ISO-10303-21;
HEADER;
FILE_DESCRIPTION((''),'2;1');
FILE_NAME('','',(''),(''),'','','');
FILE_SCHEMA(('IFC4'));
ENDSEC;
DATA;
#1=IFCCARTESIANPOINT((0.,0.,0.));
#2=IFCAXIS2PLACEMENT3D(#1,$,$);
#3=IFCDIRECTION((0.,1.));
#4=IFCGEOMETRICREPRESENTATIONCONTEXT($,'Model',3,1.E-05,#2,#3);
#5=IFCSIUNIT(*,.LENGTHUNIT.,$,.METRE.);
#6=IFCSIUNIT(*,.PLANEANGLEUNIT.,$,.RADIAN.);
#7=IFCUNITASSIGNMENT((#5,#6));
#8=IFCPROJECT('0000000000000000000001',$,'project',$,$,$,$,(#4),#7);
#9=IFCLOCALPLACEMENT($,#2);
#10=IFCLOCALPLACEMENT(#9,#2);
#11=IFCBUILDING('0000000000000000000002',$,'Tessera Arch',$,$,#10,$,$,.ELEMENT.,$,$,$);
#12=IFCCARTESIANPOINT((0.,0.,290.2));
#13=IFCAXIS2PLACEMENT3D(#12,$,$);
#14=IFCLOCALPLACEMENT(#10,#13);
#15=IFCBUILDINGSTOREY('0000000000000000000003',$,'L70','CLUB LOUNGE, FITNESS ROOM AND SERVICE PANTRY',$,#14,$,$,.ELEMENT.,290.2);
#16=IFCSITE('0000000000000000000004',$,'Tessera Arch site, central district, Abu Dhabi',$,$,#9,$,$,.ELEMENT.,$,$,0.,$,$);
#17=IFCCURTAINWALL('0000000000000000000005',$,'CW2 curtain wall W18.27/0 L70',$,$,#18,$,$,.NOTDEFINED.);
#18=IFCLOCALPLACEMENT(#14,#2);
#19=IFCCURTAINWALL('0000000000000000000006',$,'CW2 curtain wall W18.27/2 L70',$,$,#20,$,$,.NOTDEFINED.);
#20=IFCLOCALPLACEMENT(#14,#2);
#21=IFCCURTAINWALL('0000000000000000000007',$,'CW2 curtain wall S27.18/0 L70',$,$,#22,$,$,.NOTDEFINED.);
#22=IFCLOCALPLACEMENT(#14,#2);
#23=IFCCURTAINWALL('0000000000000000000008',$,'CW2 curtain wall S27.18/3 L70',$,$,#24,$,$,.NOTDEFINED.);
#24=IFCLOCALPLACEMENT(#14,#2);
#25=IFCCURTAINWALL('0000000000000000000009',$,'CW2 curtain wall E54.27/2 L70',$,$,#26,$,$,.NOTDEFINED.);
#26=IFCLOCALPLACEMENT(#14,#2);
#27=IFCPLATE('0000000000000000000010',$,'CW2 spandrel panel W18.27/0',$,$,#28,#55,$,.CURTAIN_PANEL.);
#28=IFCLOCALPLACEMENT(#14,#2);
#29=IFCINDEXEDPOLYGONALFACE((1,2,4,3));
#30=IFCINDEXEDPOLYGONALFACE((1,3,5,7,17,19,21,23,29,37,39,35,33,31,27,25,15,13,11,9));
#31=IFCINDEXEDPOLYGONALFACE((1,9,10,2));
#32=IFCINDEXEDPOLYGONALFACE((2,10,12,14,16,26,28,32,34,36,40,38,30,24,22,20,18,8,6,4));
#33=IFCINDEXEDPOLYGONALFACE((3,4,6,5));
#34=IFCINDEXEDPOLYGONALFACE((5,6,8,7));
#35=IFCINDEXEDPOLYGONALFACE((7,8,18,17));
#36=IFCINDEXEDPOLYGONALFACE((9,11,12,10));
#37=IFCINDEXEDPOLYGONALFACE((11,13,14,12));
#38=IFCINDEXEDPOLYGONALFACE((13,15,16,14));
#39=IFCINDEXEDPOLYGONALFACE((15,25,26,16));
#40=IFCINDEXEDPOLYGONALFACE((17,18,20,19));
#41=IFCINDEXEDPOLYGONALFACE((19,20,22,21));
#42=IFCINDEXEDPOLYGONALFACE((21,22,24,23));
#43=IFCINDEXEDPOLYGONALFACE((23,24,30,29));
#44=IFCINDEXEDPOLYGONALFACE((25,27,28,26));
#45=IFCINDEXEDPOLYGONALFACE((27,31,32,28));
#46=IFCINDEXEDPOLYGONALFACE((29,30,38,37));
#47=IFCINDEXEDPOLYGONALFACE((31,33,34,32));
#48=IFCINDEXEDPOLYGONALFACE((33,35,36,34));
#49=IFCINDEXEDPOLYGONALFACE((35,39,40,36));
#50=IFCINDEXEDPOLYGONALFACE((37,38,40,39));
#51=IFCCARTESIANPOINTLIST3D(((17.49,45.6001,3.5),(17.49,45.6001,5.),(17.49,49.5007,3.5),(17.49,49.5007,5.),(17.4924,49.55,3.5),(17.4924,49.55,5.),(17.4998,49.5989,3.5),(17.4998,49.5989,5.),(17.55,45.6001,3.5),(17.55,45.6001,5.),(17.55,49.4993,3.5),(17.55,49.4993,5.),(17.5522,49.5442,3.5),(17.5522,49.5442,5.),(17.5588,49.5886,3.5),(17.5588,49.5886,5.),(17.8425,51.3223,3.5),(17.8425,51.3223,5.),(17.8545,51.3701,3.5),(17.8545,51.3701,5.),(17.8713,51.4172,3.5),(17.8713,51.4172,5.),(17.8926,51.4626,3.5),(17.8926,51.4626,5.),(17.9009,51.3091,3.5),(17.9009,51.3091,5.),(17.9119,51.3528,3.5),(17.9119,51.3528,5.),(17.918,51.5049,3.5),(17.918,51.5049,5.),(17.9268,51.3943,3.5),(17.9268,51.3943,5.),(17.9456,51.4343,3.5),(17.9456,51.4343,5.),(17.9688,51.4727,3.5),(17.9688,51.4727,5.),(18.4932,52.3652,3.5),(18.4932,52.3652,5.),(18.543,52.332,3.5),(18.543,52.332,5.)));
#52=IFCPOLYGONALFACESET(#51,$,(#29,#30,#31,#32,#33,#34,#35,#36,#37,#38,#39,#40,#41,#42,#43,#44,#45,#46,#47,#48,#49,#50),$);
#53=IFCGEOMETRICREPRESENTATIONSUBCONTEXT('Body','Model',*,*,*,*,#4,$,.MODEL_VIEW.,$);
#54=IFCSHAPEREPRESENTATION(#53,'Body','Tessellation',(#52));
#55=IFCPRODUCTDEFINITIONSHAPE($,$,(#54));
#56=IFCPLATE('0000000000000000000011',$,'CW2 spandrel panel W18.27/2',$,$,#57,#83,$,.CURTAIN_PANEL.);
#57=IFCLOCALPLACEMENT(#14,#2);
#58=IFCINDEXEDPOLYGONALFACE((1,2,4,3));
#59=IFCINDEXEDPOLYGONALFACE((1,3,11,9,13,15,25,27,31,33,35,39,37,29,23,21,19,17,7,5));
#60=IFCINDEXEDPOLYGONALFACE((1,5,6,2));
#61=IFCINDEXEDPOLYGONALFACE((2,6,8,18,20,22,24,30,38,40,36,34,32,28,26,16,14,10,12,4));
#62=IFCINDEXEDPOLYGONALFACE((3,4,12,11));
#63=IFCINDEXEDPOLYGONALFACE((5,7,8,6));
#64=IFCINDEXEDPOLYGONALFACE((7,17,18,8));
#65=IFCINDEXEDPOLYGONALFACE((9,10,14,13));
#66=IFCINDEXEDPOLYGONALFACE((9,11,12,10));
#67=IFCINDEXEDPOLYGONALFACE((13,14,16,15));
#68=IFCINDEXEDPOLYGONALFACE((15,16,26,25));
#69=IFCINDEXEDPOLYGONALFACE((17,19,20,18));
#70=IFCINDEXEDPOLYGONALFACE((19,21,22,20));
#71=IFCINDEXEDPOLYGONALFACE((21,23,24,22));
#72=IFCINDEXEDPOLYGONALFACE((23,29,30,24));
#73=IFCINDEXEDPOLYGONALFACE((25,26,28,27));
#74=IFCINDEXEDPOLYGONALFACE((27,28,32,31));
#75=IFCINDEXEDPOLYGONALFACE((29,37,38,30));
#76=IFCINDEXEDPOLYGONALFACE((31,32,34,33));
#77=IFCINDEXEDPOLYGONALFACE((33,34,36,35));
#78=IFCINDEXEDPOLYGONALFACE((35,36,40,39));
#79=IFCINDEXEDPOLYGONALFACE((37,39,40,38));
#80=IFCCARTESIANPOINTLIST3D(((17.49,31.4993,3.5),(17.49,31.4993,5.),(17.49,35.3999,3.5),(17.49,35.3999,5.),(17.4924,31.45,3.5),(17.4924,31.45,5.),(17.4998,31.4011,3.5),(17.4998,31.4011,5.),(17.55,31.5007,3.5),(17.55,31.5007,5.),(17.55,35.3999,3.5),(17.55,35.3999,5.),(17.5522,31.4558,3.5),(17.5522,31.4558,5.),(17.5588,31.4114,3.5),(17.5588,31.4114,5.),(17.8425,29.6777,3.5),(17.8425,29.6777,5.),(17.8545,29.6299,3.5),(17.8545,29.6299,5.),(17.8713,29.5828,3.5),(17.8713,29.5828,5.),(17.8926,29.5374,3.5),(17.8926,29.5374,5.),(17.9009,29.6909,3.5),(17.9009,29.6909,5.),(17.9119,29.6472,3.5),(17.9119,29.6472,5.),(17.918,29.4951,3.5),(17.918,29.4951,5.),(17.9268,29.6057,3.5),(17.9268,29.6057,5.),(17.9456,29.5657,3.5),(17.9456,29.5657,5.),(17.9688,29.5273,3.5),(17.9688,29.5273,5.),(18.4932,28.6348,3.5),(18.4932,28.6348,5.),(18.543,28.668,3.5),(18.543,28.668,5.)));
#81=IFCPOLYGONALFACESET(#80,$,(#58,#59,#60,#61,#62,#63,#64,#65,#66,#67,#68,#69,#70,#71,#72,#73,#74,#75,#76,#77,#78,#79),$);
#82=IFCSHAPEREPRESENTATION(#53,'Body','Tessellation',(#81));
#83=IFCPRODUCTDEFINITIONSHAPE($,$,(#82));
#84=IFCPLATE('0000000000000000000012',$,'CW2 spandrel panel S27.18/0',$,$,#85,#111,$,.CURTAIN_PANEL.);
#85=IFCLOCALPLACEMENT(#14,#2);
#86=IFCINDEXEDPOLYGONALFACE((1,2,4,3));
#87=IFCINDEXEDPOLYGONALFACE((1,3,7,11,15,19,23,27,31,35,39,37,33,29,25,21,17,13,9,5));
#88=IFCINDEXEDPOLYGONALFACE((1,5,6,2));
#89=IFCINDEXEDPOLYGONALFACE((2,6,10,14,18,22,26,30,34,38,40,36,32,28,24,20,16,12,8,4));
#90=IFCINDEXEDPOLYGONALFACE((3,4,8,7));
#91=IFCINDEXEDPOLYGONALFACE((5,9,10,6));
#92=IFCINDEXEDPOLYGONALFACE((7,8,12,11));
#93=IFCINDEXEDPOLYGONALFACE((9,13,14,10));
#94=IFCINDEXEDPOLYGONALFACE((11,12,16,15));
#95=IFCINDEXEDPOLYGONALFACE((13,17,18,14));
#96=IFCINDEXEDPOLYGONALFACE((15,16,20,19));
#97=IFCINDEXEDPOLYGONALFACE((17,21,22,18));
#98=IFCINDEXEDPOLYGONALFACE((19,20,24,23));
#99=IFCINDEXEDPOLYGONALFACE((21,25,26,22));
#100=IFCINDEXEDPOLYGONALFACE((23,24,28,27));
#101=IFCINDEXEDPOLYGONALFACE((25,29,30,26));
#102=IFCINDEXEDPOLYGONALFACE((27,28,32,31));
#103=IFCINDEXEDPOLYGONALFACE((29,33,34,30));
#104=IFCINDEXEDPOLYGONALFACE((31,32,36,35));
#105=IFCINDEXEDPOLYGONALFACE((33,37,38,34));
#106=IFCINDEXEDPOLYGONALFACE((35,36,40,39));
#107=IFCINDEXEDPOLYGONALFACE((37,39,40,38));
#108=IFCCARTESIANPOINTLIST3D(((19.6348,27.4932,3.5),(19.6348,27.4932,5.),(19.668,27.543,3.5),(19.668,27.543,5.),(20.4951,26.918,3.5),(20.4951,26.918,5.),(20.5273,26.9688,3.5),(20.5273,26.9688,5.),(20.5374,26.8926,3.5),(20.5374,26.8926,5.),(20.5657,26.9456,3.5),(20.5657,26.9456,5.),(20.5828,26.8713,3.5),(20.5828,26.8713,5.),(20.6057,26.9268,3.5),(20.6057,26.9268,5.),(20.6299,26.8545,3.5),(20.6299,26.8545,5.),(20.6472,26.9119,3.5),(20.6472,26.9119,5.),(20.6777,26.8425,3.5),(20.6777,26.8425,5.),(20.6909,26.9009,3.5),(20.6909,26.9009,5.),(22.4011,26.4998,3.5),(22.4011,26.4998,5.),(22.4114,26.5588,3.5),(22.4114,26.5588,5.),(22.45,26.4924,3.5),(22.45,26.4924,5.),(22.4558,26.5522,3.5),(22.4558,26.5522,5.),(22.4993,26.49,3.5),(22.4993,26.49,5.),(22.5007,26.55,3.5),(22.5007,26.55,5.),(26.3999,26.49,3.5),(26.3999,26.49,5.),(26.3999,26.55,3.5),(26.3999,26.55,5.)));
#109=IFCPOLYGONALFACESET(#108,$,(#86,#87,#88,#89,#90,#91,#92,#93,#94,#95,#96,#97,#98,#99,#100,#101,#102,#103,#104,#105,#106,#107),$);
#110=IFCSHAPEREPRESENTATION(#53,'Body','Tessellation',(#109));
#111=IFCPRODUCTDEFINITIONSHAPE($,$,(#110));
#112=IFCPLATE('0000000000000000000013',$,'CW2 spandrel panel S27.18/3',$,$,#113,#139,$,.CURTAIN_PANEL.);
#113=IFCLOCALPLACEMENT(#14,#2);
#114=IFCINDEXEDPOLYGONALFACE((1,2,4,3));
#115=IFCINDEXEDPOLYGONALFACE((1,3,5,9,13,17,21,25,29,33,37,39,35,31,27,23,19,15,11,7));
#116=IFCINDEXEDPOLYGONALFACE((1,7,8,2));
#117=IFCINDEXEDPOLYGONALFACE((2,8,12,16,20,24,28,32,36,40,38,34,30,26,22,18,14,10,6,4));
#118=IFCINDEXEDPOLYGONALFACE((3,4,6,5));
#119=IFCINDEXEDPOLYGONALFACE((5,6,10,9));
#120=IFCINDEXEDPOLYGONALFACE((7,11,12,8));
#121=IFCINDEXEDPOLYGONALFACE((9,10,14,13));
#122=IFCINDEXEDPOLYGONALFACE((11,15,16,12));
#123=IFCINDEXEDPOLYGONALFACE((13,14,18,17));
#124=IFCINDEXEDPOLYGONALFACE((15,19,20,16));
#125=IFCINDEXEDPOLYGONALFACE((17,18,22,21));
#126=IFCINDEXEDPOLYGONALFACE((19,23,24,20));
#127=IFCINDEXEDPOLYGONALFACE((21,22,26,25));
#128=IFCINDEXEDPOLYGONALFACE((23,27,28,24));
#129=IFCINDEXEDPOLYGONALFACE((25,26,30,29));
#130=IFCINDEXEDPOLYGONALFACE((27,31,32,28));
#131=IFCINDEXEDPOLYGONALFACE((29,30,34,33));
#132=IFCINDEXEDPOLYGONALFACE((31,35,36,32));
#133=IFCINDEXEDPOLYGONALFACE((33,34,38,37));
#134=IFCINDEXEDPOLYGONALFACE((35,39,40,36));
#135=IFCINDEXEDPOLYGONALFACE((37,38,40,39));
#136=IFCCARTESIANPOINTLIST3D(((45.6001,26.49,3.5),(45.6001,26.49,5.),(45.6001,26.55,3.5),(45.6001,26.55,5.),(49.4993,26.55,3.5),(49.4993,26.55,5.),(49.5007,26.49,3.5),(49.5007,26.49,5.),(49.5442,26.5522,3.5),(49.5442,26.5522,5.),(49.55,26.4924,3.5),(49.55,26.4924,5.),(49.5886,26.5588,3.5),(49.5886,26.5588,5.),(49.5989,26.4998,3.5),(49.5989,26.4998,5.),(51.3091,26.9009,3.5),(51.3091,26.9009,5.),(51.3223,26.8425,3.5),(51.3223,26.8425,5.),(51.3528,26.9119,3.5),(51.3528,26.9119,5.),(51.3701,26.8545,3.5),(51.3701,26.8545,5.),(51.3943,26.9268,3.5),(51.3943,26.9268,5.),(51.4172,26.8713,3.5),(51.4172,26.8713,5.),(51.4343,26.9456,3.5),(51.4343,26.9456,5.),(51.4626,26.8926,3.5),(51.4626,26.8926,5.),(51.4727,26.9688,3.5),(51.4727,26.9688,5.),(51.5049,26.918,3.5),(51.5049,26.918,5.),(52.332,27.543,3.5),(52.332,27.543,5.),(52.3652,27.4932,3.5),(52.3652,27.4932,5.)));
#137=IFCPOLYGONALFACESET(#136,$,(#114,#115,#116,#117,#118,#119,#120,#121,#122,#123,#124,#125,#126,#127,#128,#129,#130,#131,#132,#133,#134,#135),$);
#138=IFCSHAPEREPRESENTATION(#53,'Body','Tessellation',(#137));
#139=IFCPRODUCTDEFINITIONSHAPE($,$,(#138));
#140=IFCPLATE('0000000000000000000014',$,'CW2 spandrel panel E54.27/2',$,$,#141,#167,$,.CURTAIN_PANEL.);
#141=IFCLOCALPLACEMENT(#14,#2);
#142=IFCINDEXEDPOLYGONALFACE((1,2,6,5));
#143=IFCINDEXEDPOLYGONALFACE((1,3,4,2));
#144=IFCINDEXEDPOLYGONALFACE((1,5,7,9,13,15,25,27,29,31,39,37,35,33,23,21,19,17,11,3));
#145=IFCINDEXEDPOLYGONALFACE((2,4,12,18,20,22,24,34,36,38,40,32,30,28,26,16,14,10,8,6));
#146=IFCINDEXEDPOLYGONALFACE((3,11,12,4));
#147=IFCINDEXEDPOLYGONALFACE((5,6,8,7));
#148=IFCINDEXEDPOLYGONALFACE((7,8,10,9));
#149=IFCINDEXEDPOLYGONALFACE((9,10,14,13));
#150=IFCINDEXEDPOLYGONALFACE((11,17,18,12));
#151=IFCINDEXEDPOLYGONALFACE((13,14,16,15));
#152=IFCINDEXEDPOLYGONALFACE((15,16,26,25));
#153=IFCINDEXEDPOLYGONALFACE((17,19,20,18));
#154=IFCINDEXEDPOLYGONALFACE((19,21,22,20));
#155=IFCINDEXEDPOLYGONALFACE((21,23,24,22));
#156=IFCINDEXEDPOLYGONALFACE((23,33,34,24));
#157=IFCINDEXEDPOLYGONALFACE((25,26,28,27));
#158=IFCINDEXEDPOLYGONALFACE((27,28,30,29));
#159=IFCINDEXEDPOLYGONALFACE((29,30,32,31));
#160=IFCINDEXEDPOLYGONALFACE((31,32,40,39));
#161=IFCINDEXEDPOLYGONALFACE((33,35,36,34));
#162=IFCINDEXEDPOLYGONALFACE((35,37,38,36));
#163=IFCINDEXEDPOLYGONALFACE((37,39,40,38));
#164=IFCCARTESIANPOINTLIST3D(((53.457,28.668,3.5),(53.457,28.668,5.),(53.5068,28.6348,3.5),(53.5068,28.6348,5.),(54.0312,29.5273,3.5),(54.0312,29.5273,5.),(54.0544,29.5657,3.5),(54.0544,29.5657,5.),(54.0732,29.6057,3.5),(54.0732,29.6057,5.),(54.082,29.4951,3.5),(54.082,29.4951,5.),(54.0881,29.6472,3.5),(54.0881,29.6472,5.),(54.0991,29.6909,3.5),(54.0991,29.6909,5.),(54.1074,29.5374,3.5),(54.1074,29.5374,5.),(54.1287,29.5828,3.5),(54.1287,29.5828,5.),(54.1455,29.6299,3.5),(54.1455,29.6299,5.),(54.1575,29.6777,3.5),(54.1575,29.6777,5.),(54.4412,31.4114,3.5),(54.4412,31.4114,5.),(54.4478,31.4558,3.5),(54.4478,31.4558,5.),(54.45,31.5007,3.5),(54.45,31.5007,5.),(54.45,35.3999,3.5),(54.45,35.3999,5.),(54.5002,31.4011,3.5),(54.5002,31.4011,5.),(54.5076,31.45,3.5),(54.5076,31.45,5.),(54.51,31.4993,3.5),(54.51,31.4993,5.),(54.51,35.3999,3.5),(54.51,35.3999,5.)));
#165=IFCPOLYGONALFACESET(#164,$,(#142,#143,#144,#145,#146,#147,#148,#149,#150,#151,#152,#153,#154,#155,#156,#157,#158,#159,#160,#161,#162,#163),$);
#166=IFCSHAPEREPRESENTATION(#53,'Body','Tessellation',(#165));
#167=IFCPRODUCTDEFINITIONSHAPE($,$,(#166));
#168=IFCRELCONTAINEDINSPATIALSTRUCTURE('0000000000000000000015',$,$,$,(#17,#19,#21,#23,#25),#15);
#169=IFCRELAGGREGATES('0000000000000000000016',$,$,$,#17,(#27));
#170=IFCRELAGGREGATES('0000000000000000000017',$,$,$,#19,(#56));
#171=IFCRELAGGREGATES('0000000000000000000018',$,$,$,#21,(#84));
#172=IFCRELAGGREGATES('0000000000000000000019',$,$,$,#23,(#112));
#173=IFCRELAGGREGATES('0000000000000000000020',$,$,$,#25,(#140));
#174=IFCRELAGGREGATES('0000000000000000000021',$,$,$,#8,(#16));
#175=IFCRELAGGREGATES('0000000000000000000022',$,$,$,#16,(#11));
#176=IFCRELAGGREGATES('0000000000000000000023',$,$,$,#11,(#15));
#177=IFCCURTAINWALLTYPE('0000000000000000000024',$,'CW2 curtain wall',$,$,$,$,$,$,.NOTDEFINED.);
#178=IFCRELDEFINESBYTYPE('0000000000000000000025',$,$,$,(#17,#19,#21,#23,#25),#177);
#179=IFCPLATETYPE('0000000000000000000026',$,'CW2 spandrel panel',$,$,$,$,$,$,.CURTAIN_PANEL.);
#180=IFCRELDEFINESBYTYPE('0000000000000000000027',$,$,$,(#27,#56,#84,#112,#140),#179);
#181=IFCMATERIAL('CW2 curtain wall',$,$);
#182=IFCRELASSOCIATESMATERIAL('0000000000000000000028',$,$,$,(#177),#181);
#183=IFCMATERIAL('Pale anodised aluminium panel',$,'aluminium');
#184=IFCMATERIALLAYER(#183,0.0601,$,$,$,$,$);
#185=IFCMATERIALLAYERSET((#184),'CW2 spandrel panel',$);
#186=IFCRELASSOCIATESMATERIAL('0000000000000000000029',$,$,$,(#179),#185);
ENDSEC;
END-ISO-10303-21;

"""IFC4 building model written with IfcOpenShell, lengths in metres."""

from ifc_helpers import new_model, si_unit, direction, frame, origin, place, context, subcontext, project, spatial, polyline, outline, extrude, material, layer, layer_set, type_object, element, aggregate, save


model = new_model("IFC4")

# Units and contexts
model_context = context("Model", 3, precision=1e-05, world=origin(), true_north=direction((0.0, 1.0)))
body_context = subcontext(model_context, "Body", "Model", "MODEL_VIEW")
ifc_project = project(units=[si_unit("LENGTHUNIT", "METRE"), si_unit("PLANEANGLEUNIT", "RADIAN")], contexts=[model_context])

# Site, building, storey
site_placement = place(None, origin())
site = spatial("IfcSite", under=ifc_project, at=site_placement, Name="Tessera Arch site, central district, Abu Dhabi", CompositionType="ELEMENT", RefElevation=0.0)
building_placement = place(site_placement, origin())
building = spatial("IfcBuilding", under=site, at=building_placement, Name="Tessera Arch", CompositionType="ELEMENT")
storey_placement = place(building_placement, frame((0.0, 0.0, 290.2)))
storey = spatial("IfcBuildingStorey", under=building, at=storey_placement, Name="L70", Description="CLUB LOUNGE, FITNESS ROOM AND SERVICE PANTRY", CompositionType="ELEMENT", Elevation=290.2)

# Curtain walls
ifc_material_1 = material(Name="CW2 curtain wall")
curtain_wall_type = type_object("IfcCurtainWallType", Name="CW2 curtain wall", PredefinedType="NOTDEFINED", material=ifc_material_1)
curtain_wall_1_placement = place(storey_placement, origin())
curtain_wall_1 = element("IfcCurtainWall", 1, at=curtain_wall_1_placement, inside=storey, type_object=curtain_wall_type, Name="CW2 curtain wall W18.27/0 L70", PredefinedType="NOTDEFINED")
curtain_wall_2_placement = place(storey_placement, origin())
curtain_wall_2 = element("IfcCurtainWall", 2, at=curtain_wall_2_placement, inside=storey, type_object=curtain_wall_type, Name="CW2 curtain wall W18.27/2 L70", PredefinedType="NOTDEFINED")
curtain_wall_3_placement = place(storey_placement, origin())
curtain_wall_3 = element("IfcCurtainWall", 3, at=curtain_wall_3_placement, inside=storey, type_object=curtain_wall_type, Name="CW2 curtain wall S27.18/0 L70", PredefinedType="NOTDEFINED")
curtain_wall_4_placement = place(storey_placement, origin())
curtain_wall_4 = element("IfcCurtainWall", 4, at=curtain_wall_4_placement, inside=storey, type_object=curtain_wall_type, Name="CW2 curtain wall S27.18/3 L70", PredefinedType="NOTDEFINED")
curtain_wall_5_placement = place(storey_placement, origin())
curtain_wall_5 = element("IfcCurtainWall", 5, at=curtain_wall_5_placement, inside=storey, type_object=curtain_wall_type, Name="CW2 curtain wall E54.27/2 L70", PredefinedType="NOTDEFINED")

# Plates
ifc_material_2 = material(Name="Pale anodised aluminium panel", Category="aluminium")
ifc_layer_1 = layer(ifc_material_2, 0.0601)
ifc_layer_set_1 = layer_set([ifc_layer_1], Name="CW2 spandrel panel")
plate_type_1 = type_object("IfcPlateType", Name="CW2 spandrel panel", PredefinedType="CURTAIN_PANEL", material=ifc_layer_set_1)
plate_1_placement = place(storey_placement, frame((0.0, 0.0, 3.5)))
plate_1 = element("IfcPlate", 6, at=plate_1_placement, type_object=plate_type_1, Name="CW2 spandrel panel W18.27/0", PredefinedType="CURTAIN_PANEL", context=body_context, shape_type="SweptSolid", body=[
    extrude(outline(polyline([(17.9688, 51.4727), (18.543, 52.332), (18.4932, 52.3652), (17.918, 51.5049), (17.8926, 51.4626), (17.8713, 51.4172), (17.8545, 51.3701), (17.8425, 51.3223), (17.4998, 49.5989), (17.4924, 49.55), (17.49, 49.5007), (17.49, 45.6001), (17.55, 45.6001), (17.55, 49.4993), (17.5522, 49.5442), (17.5588, 49.5886), (17.9009, 51.3091), (17.9119, 51.3528), (17.9268, 51.3943), (17.9456, 51.4343), (17.9688, 51.4727)])), origin(), (0.0, 0.0, 1.0), 1.5),
])
aggregate(curtain_wall_1, [plate_1])
plate_2_placement = place(storey_placement, frame((0.0, 0.0, 3.5)))
plate_2 = element("IfcPlate", 7, at=plate_2_placement, type_object=plate_type_1, Name="CW2 spandrel panel W18.27/2", PredefinedType="CURTAIN_PANEL", context=body_context, shape_type="SweptSolid", body=[
    extrude(outline(polyline([(17.55, 31.5007), (17.55, 35.3999), (17.49, 35.3999), (17.49, 31.4993), (17.4924, 31.45), (17.4998, 31.4011), (17.8425, 29.6777), (17.8545, 29.6299), (17.8713, 29.5828), (17.8926, 29.5374), (17.918, 29.4951), (18.4932, 28.6348), (18.543, 28.668), (17.9688, 29.5273), (17.9456, 29.5657), (17.9268, 29.6057), (17.9119, 29.6472), (17.9009, 29.6909), (17.5588, 31.4114), (17.5522, 31.4558), (17.55, 31.5007)])), origin(), (0.0, 0.0, 1.0), 1.5),
])
aggregate(curtain_wall_2, [plate_2])
plate_3_placement = place(storey_placement, frame((0.0, 0.0, 3.5)))
plate_3 = element("IfcPlate", 8, at=plate_3_placement, type_object=plate_type_1, Name="CW2 spandrel panel S27.18/0", PredefinedType="CURTAIN_PANEL", context=body_context, shape_type="SweptSolid", body=[
    extrude(outline(polyline([(20.5273, 26.9688), (19.668, 27.543), (19.6348, 27.4932), (20.4951, 26.918), (20.5374, 26.8926), (20.5828, 26.8713), (20.6299, 26.8545), (20.6777, 26.8425), (22.4011, 26.4998), (22.45, 26.4924), (22.4993, 26.49), (26.3999, 26.49), (26.3999, 26.55), (22.5007, 26.55), (22.4558, 26.5522), (22.4114, 26.5588), (20.6909, 26.9009), (20.6472, 26.9119), (20.6057, 26.9268), (20.5657, 26.9456), (20.5273, 26.9688)])), origin(), (0.0, 0.0, 1.0), 1.5),
])
aggregate(curtain_wall_3, [plate_3])
plate_4_placement = place(storey_placement, frame((0.0, 0.0, 3.5)))
plate_4 = element("IfcPlate", 9, at=plate_4_placement, type_object=plate_type_1, Name="CW2 spandrel panel S27.18/3", PredefinedType="CURTAIN_PANEL", context=body_context, shape_type="SweptSolid", body=[
    extrude(outline(polyline([(49.4993, 26.55), (45.6001, 26.55), (45.6001, 26.49), (49.5007, 26.49), (49.55, 26.4924), (49.5989, 26.4998), (51.3223, 26.8425), (51.3701, 26.8545), (51.4172, 26.8713), (51.4626, 26.8926), (51.5049, 26.918), (52.3652, 27.4932), (52.332, 27.543), (51.4727, 26.9688), (51.4343, 26.9456), (51.3943, 26.9268), (51.3528, 26.9119), (51.3091, 26.9009), (49.5886, 26.5588), (49.5442, 26.5522), (49.4993, 26.55)])), origin(), (0.0, 0.0, 1.0), 1.5),
])
aggregate(curtain_wall_4, [plate_4])
plate_5_placement = place(storey_placement, frame((0.0, 0.0, 3.5)))
plate_5 = element("IfcPlate", 10, at=plate_5_placement, type_object=plate_type_1, Name="CW2 spandrel panel E54.27/2", PredefinedType="CURTAIN_PANEL", context=body_context, shape_type="SweptSolid", body=[
    extrude(outline(polyline([(54.0312, 29.5273), (53.457, 28.668), (53.5068, 28.6348), (54.082, 29.4951), (54.1074, 29.5374), (54.1287, 29.5828), (54.1455, 29.6299), (54.1575, 29.6777), (54.5002, 31.4011), (54.5076, 31.45), (54.51, 31.4993), (54.51, 35.3999), (54.45, 35.3999), (54.45, 31.5007), (54.4478, 31.4558), (54.4412, 31.4114), (54.0991, 29.6909), (54.0881, 29.6472), (54.0732, 29.6057), (54.0544, 29.5657), (54.0312, 29.5273)])), origin(), (0.0, 0.0, 1.0), 1.5),
])
aggregate(curtain_wall_5, [plate_5])

save(model, "model.ifc")
